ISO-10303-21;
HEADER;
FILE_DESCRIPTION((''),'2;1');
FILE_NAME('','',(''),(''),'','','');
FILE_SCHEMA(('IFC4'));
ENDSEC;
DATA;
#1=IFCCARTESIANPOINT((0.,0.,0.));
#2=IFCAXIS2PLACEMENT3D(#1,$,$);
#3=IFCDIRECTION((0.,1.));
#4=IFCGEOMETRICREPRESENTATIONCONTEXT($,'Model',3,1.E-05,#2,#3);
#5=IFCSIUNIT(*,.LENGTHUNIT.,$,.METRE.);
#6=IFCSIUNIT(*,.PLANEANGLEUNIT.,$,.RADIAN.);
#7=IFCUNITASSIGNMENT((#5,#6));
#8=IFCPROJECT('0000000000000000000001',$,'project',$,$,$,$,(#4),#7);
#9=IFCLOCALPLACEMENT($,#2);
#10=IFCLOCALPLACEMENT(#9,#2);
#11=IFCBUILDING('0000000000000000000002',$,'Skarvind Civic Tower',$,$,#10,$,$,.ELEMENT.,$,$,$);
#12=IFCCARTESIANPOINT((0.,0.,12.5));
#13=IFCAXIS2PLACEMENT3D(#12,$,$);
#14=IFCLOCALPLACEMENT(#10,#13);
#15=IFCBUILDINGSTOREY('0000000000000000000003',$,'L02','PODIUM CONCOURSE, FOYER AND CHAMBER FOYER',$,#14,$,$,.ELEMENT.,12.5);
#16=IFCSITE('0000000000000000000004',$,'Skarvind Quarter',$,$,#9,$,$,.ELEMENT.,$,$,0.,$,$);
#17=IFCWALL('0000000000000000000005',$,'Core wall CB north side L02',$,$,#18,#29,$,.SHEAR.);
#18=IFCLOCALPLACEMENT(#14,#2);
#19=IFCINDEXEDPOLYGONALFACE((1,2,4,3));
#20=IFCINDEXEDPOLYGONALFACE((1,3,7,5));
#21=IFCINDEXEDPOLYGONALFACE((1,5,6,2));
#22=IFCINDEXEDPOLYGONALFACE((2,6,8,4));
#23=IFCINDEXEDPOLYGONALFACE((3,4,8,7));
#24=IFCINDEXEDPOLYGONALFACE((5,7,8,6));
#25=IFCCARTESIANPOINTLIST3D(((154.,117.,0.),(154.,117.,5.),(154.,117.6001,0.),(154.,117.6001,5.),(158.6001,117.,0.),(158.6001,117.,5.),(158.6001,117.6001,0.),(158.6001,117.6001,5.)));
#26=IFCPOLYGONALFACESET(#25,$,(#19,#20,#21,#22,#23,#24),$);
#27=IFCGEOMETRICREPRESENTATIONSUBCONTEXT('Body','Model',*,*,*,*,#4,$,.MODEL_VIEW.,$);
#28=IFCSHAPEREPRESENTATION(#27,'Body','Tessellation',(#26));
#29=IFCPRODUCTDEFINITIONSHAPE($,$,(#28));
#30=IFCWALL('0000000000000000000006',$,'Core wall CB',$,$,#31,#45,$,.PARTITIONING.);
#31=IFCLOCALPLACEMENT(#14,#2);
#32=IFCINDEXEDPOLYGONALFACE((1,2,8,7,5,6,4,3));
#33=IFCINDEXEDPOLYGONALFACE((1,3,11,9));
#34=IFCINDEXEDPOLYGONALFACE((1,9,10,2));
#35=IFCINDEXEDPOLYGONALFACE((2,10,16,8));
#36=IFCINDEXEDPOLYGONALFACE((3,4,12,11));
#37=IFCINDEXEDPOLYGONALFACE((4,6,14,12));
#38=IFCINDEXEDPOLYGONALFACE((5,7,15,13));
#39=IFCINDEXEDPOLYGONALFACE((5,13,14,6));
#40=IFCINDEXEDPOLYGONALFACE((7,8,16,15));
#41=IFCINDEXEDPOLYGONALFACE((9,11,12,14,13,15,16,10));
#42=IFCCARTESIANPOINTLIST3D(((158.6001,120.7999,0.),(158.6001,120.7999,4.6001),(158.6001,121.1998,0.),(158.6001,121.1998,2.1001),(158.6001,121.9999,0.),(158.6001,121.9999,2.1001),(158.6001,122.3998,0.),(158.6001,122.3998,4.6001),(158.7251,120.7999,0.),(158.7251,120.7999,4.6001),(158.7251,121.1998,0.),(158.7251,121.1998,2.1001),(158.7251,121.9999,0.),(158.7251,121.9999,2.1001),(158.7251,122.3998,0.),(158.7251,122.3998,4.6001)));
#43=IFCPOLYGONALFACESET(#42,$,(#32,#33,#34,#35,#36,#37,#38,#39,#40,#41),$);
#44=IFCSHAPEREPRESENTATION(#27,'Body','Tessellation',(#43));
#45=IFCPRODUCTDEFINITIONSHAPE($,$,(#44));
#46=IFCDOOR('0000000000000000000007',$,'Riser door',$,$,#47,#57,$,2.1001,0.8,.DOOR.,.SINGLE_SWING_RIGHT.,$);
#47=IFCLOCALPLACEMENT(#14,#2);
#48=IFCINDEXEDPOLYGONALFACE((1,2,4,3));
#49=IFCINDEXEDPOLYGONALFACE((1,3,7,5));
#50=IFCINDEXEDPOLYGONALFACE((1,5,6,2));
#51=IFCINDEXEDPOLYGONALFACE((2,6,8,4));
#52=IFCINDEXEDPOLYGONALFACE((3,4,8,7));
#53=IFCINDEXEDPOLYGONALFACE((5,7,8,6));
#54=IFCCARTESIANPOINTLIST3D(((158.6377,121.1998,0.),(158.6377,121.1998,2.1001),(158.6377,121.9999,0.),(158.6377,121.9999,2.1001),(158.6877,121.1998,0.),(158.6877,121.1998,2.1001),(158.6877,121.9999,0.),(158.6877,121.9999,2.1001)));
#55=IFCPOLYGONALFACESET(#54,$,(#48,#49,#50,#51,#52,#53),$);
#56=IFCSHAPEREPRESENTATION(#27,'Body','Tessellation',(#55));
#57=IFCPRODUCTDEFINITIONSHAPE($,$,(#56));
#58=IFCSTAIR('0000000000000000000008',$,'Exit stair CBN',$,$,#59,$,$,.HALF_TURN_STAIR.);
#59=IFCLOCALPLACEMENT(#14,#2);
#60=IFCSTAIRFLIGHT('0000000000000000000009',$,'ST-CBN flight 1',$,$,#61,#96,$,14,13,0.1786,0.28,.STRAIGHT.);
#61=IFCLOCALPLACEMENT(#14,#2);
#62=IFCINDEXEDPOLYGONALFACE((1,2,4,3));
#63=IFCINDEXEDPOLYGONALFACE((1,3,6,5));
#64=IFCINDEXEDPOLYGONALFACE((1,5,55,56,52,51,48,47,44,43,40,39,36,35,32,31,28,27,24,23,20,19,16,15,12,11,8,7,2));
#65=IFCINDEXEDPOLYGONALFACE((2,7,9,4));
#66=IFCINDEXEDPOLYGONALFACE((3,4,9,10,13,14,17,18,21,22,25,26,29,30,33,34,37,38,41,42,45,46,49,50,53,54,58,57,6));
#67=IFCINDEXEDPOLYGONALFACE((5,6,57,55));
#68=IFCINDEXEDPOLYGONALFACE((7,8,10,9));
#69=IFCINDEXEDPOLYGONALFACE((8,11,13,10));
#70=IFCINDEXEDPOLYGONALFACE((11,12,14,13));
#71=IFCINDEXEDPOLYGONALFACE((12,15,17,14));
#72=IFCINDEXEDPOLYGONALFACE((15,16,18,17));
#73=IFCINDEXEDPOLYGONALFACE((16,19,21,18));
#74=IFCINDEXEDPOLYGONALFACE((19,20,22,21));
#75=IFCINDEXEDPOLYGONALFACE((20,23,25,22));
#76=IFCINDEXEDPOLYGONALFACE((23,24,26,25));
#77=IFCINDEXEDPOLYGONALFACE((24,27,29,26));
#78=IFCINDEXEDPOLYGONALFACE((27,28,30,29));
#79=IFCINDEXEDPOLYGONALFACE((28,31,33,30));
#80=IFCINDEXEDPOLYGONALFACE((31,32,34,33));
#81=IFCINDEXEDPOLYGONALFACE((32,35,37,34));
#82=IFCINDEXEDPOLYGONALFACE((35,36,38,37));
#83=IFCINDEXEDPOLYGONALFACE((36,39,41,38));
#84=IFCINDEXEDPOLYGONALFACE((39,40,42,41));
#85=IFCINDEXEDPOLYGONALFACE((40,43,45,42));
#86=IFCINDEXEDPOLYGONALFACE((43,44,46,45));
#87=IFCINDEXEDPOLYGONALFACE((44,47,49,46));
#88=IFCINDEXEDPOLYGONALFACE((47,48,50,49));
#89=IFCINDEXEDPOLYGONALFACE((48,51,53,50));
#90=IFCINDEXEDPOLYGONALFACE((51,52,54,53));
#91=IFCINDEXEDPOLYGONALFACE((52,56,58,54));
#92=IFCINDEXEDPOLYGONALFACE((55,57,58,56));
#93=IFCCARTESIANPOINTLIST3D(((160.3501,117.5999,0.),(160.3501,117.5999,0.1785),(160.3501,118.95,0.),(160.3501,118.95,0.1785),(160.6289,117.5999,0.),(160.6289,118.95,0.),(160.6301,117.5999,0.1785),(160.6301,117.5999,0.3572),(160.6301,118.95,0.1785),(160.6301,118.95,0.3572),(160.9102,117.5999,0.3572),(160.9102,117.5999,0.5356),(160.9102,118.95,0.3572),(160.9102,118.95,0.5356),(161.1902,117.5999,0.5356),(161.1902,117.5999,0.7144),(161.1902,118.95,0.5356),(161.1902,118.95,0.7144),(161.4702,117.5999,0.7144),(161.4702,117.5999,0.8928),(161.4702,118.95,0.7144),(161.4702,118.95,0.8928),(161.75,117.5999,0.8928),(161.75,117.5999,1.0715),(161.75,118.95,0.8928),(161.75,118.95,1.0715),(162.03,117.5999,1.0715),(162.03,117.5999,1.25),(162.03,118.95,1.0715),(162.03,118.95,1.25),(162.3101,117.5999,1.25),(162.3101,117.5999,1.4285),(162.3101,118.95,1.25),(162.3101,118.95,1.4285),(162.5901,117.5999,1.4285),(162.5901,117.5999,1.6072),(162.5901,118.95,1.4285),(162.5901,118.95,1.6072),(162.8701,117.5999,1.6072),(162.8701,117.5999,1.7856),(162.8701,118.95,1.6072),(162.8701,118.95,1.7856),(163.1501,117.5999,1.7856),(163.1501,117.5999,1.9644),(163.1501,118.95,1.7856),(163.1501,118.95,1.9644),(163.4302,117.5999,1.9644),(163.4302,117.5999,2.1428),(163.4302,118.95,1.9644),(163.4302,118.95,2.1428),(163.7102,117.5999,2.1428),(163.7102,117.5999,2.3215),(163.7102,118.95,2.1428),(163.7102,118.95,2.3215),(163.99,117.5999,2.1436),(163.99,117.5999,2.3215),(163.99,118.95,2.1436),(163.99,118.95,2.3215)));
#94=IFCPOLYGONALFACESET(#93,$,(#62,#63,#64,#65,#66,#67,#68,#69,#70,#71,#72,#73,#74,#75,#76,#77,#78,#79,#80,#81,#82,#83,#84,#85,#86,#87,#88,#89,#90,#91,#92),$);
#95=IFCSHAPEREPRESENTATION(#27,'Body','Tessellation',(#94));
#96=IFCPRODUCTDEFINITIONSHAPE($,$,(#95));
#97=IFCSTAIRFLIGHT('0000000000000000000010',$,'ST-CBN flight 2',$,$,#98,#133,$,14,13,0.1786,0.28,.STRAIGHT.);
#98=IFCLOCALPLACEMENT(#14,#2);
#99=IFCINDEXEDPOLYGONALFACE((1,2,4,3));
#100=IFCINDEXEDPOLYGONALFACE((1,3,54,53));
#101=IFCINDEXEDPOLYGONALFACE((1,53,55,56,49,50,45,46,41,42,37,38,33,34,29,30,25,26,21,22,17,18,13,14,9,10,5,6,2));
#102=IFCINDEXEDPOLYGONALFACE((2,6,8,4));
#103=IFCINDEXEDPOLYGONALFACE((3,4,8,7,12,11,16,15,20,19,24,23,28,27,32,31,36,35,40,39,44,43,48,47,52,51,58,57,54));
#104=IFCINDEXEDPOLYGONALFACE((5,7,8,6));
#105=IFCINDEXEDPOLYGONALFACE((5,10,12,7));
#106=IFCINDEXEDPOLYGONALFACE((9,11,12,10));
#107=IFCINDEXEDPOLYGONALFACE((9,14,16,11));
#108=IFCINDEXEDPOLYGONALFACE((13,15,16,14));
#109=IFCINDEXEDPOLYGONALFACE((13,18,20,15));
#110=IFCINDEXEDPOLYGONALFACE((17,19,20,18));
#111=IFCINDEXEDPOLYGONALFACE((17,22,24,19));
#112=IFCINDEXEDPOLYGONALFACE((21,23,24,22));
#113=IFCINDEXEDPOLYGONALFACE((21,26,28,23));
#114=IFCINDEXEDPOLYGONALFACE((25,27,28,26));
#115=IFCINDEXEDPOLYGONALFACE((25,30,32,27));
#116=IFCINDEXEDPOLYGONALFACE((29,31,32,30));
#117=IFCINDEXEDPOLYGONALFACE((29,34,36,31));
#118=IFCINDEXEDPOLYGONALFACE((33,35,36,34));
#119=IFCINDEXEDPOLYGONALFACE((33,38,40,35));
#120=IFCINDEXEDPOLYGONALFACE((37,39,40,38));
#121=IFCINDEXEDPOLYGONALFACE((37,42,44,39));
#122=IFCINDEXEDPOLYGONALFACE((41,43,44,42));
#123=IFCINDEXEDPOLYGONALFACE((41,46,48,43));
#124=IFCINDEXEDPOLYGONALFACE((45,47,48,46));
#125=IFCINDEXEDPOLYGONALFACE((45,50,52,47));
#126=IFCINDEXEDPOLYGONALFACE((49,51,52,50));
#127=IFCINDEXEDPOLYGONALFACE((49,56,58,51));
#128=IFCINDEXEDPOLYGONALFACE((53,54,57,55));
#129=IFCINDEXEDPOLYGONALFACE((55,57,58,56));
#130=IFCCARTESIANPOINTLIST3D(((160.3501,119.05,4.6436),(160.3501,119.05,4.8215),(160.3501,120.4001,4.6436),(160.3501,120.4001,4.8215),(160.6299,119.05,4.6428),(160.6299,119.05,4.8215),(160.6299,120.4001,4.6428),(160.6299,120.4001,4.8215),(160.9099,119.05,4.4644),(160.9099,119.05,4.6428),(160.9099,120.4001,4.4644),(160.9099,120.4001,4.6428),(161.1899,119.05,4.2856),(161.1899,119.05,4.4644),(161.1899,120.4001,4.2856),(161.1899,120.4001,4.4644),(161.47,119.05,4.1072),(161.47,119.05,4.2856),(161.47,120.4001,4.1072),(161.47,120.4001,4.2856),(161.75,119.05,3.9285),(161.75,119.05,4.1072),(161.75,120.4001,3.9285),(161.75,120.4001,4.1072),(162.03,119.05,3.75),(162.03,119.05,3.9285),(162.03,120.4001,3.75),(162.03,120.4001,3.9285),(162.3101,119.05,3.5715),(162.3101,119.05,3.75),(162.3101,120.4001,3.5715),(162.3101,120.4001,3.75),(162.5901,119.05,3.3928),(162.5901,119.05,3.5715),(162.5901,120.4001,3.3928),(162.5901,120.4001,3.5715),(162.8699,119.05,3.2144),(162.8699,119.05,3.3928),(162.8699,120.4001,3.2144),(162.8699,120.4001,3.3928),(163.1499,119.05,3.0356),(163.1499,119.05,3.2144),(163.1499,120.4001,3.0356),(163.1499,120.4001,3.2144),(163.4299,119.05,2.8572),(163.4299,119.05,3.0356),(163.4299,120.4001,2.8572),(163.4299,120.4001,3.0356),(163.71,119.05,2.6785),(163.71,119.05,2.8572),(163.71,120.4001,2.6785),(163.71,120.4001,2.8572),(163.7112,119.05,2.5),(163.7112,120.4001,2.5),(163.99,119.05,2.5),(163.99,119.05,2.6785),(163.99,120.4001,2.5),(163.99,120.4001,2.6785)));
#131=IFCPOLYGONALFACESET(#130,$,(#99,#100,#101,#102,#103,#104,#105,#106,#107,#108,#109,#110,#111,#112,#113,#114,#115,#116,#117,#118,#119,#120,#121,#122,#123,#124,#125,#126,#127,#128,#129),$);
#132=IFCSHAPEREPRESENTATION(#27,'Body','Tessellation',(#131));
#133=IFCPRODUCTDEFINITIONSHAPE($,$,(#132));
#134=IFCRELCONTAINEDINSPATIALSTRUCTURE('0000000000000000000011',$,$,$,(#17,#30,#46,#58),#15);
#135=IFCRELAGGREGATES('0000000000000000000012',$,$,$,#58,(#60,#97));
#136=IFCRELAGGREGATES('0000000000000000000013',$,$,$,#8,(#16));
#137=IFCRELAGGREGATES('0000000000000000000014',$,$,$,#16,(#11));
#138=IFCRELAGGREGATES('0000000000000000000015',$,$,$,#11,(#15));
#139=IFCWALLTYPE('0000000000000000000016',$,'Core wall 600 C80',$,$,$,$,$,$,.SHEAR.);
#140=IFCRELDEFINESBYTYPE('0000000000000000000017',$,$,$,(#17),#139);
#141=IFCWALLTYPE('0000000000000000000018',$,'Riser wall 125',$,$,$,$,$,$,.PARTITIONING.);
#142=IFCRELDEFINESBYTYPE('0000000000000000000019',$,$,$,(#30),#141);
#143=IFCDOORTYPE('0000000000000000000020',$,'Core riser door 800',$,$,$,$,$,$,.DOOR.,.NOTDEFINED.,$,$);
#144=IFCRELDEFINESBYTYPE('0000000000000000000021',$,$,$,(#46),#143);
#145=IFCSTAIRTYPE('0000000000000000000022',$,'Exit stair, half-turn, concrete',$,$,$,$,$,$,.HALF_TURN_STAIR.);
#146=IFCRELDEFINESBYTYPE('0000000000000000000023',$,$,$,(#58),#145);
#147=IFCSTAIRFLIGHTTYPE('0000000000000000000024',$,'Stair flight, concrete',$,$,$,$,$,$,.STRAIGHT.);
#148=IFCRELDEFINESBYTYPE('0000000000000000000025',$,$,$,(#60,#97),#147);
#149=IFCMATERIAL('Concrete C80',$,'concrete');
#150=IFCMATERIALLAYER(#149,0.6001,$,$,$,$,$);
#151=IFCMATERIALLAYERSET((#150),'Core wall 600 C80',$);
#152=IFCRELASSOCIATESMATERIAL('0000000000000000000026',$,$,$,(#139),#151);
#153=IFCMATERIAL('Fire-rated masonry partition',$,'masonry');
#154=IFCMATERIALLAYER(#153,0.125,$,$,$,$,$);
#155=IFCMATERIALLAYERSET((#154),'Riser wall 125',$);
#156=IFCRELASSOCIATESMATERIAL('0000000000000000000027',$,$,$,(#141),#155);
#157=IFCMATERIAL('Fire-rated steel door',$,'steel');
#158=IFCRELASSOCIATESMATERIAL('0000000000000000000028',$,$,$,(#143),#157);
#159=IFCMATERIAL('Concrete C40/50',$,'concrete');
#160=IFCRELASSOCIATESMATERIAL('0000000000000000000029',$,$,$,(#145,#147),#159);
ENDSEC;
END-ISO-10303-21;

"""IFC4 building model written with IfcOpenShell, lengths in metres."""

from ifc_helpers import new_model, si_unit, direction, frame, frame_2d, origin, place, context, subcontext, project, spatial, polyline, rectangle, outline, extrude, material, layer, layer_set, type_object, element, fill, aggregate, save


model = new_model("IFC4")

# Units and contexts
model_context = context("Model", 3, precision=1e-05, world=origin(), true_north=direction((0.0, 1.0)))
body_context = subcontext(model_context, "Body", "Model", "MODEL_VIEW")
ifc_project = project(units=[si_unit("LENGTHUNIT", "METRE"), si_unit("PLANEANGLEUNIT", "RADIAN")], contexts=[model_context])

# Site, building, storey
site_placement = place(None, origin())
site = spatial("IfcSite", under=ifc_project, at=site_placement, Name="Skarvind Quarter", CompositionType="ELEMENT", RefElevation=0.0)
building_placement = place(site_placement, origin())
building = spatial("IfcBuilding", under=site, at=building_placement, Name="Skarvind Civic Tower", CompositionType="ELEMENT")
storey_placement = place(building_placement, frame((0.0, 0.0, 12.5)))
storey = spatial("IfcBuildingStorey", under=building, at=storey_placement, Name="L02", Description="PODIUM CONCOURSE, FOYER AND CHAMBER FOYER", CompositionType="ELEMENT", Elevation=12.5)

# Shared definitions
ifc_material_1 = material(Name="Fire-rated masonry partition", Category="masonry")
ifc_material_2 = material(Name="Fire-rated steel door", Category="steel")

# Shared definitions
ifc_material_3 = material(Name="Concrete C80", Category="concrete")

# Wall
ifc_layer_1 = layer(ifc_material_3, 0.6001)
ifc_layer_set_1 = layer_set([ifc_layer_1], Name="Core wall 600 C80")
wall_type_1 = type_object("IfcWallType", Name="Core wall 600 C80", PredefinedType="SHEAR", material=ifc_layer_set_1)
wall_1_placement = place(storey_placement, frame((158.6001, 117.3, 0.0), z_axis=(0.0, 0.0, 1.0), x_axis=(-1.0, 0.0, 0.0)))
element("IfcWall", 1, at=wall_1_placement, inside=storey, type_object=wall_type_1, Name="Core wall CB north side L02", PredefinedType="SHEAR", context=body_context, shape_type="SweptSolid", body=[
    extrude(rectangle(XDim=4.6001, YDim=0.6001, at=frame_2d((2.3, 0.0))), origin(), (0.0, 0.0, 1.0), 5.0),
])

# Wall, opening, door
ifc_layer_2 = layer(ifc_material_1, 0.125)
ifc_layer_set_2 = layer_set([ifc_layer_2], Name="Riser wall 125")
wall_type_2 = type_object("IfcWallType", Name="Riser wall 125", PredefinedType="PARTITIONING", material=ifc_layer_set_2)
wall_2_placement = place(storey_placement, frame((158.6626, 120.8, 0.0), z_axis=(0.0, 0.0, 1.0), x_axis=(0.0, 1.0, 0.0)))
wall_2 = element("IfcWall", 2, at=wall_2_placement, inside=storey, type_object=wall_type_2, Name="Core wall CB", PredefinedType="PARTITIONING", context=body_context, shape_type="SweptSolid", body=[
    extrude(rectangle(XDim=1.5999, YDim=0.125, at=frame_2d((0.7998, 0.0))), origin(), (0.0, 0.0, 1.0), 4.6001),
])
opening_1_placement = place(wall_2_placement, frame((0.3999, 0.0, 0.0)))
opening_1 = element("IfcOpeningElement", 3, at=opening_1_placement, cuts=wall_2, PredefinedType="OPENING", context=body_context, shape_type="SweptSolid", body=[
    extrude(rectangle(XDim=0.8, YDim=2.1001, at=frame_2d((0.3999, 1.05))), frame((0.0, 0.0725, 0.0), z_axis=(0.0, -1.0, 0.0), x_axis=(1.0, 0.0, 0.0)), (0.0, 0.0, 1.0), 0.145),
])
door_type_1 = type_object("IfcDoorType", Name="Core riser door 800", OperationType="NOTDEFINED", PredefinedType="DOOR", material=ifc_material_2)
door_1_placement = place(opening_1_placement, origin())
door_1 = element("IfcDoor", 4, at=door_1_placement, inside=storey, type_object=door_type_1, Name="Riser door", OperationType="SINGLE_SWING_RIGHT", OverallHeight=2.1001, OverallWidth=0.8, PredefinedType="DOOR", context=body_context, shape_type="SweptSolid", body=[
    extrude(rectangle(XDim=0.8, YDim=2.1001, at=frame_2d((0.3999, 1.05))), frame((0.0, 0.0249, 0.0), z_axis=(0.0, -1.0, 0.0), x_axis=(1.0, 0.0, 0.0)), (0.0, 0.0, 1.0), 0.05),
])
fill(opening_1, door_1)

# Stair, stair flights
ifc_material_4 = material(Name="Concrete C40/50", Category="concrete")
stair_type = type_object("IfcStairType", Name="Exit stair, half-turn, concrete", PredefinedType="HALF_TURN_STAIR", material=ifc_material_4)
stair_placement = place(storey_placement, origin())
stair = element("IfcStair", 5, at=stair_placement, inside=storey, type_object=stair_type, Name="Exit stair CBN", PredefinedType="HALF_TURN_STAIR")
stair_flight_type = type_object("IfcStairFlightType", Name="Stair flight, concrete", PredefinedType="STRAIGHT", material=ifc_material_4)
stair_flight_1_placement = place(storey_placement, frame((160.3501, 118.2749, 0.0), z_axis=(0.0, 0.0, 1.0), x_axis=(1.0, 0.0, 0.0)))
stair_flight_1 = element("IfcStairFlight", 6, at=stair_flight_1_placement, type_object=stair_flight_type, Name="ST-CBN flight 1", NumberOfRisers=14, NumberOfTreads=13, PredefinedType="STRAIGHT", RiserHeight=0.1786, TreadLength=0.28, context=body_context, shape_type="SweptSolid", body=[
    extrude(outline(polyline([(0.0, 0.0), (0.0, 0.1785), (0.28, 0.1785), (0.28, 0.3572), (0.5601, 0.3572), (0.5601, 0.5356), (0.8401, 0.5356), (0.8401, 0.7144), (1.1201, 0.7144), (1.1201, 0.8928), (1.3999, 0.8928), (1.3999, 1.0715), (1.6799, 1.0715), (1.6799, 1.25), (1.96, 1.25), (1.96, 1.4285), (2.24, 1.4285), (2.24, 1.6072), (2.52, 1.6072), (2.52, 1.7856), (2.8, 1.7856), (2.8, 1.9644), (3.0801, 1.9644), (3.0801, 2.1428), (3.3601, 2.1428), (3.3601, 2.3215), (3.6399, 2.3215), (3.6399, 2.5), (3.6399, 2.1436), (0.2788, 0.0), (0.0, 0.0)])), frame((0.0, 0.675, 0.0), z_axis=(0.0, -1.0, 0.0), x_axis=(1.0, 0.0, 0.0)), (0.0, 0.0, 1.0), 1.3501),
])
stair_flight_2_placement = place(storey_placement, frame((163.99, 119.7251, 2.5), z_axis=(0.0, 0.0, 1.0), x_axis=(-1.0, 0.0, 0.0)))
stair_flight_2 = element("IfcStairFlight", 7, at=stair_flight_2_placement, type_object=stair_flight_type, Name="ST-CBN flight 2", NumberOfRisers=14, NumberOfTreads=13, PredefinedType="STRAIGHT", RiserHeight=0.1786, TreadLength=0.28, context=body_context, shape_type="SweptSolid", body=[
    extrude(outline(polyline([(0.0, 0.0), (0.0, 0.1785), (0.28, 0.1785), (0.28, 0.3572), (0.5601, 0.3572), (0.5601, 0.5356), (0.8401, 0.5356), (0.8401, 0.7144), (1.1201, 0.7144), (1.1201, 0.8928), (1.3999, 0.8928), (1.3999, 1.0715), (1.6799, 1.0715), (1.6799, 1.25), (1.96, 1.25), (1.96, 1.4285), (2.24, 1.4285), (2.24, 1.6072), (2.52, 1.6072), (2.52, 1.7856), (2.8, 1.7856), (2.8, 1.9644), (3.0801, 1.9644), (3.0801, 2.1428), (3.3601, 2.1428), (3.3601, 2.3215), (3.6399, 2.3215), (3.6399, 2.5), (3.6399, 2.1436), (0.2788, 0.0), (0.0, 0.0)])), frame((0.0, 0.675, 0.0), z_axis=(0.0, -1.0, 0.0), x_axis=(1.0, 0.0, 0.0)), (0.0, 0.0, 1.0), 1.3501),
])
aggregate(stair, [stair_flight_1, stair_flight_2])

save(model, "model.ifc")
